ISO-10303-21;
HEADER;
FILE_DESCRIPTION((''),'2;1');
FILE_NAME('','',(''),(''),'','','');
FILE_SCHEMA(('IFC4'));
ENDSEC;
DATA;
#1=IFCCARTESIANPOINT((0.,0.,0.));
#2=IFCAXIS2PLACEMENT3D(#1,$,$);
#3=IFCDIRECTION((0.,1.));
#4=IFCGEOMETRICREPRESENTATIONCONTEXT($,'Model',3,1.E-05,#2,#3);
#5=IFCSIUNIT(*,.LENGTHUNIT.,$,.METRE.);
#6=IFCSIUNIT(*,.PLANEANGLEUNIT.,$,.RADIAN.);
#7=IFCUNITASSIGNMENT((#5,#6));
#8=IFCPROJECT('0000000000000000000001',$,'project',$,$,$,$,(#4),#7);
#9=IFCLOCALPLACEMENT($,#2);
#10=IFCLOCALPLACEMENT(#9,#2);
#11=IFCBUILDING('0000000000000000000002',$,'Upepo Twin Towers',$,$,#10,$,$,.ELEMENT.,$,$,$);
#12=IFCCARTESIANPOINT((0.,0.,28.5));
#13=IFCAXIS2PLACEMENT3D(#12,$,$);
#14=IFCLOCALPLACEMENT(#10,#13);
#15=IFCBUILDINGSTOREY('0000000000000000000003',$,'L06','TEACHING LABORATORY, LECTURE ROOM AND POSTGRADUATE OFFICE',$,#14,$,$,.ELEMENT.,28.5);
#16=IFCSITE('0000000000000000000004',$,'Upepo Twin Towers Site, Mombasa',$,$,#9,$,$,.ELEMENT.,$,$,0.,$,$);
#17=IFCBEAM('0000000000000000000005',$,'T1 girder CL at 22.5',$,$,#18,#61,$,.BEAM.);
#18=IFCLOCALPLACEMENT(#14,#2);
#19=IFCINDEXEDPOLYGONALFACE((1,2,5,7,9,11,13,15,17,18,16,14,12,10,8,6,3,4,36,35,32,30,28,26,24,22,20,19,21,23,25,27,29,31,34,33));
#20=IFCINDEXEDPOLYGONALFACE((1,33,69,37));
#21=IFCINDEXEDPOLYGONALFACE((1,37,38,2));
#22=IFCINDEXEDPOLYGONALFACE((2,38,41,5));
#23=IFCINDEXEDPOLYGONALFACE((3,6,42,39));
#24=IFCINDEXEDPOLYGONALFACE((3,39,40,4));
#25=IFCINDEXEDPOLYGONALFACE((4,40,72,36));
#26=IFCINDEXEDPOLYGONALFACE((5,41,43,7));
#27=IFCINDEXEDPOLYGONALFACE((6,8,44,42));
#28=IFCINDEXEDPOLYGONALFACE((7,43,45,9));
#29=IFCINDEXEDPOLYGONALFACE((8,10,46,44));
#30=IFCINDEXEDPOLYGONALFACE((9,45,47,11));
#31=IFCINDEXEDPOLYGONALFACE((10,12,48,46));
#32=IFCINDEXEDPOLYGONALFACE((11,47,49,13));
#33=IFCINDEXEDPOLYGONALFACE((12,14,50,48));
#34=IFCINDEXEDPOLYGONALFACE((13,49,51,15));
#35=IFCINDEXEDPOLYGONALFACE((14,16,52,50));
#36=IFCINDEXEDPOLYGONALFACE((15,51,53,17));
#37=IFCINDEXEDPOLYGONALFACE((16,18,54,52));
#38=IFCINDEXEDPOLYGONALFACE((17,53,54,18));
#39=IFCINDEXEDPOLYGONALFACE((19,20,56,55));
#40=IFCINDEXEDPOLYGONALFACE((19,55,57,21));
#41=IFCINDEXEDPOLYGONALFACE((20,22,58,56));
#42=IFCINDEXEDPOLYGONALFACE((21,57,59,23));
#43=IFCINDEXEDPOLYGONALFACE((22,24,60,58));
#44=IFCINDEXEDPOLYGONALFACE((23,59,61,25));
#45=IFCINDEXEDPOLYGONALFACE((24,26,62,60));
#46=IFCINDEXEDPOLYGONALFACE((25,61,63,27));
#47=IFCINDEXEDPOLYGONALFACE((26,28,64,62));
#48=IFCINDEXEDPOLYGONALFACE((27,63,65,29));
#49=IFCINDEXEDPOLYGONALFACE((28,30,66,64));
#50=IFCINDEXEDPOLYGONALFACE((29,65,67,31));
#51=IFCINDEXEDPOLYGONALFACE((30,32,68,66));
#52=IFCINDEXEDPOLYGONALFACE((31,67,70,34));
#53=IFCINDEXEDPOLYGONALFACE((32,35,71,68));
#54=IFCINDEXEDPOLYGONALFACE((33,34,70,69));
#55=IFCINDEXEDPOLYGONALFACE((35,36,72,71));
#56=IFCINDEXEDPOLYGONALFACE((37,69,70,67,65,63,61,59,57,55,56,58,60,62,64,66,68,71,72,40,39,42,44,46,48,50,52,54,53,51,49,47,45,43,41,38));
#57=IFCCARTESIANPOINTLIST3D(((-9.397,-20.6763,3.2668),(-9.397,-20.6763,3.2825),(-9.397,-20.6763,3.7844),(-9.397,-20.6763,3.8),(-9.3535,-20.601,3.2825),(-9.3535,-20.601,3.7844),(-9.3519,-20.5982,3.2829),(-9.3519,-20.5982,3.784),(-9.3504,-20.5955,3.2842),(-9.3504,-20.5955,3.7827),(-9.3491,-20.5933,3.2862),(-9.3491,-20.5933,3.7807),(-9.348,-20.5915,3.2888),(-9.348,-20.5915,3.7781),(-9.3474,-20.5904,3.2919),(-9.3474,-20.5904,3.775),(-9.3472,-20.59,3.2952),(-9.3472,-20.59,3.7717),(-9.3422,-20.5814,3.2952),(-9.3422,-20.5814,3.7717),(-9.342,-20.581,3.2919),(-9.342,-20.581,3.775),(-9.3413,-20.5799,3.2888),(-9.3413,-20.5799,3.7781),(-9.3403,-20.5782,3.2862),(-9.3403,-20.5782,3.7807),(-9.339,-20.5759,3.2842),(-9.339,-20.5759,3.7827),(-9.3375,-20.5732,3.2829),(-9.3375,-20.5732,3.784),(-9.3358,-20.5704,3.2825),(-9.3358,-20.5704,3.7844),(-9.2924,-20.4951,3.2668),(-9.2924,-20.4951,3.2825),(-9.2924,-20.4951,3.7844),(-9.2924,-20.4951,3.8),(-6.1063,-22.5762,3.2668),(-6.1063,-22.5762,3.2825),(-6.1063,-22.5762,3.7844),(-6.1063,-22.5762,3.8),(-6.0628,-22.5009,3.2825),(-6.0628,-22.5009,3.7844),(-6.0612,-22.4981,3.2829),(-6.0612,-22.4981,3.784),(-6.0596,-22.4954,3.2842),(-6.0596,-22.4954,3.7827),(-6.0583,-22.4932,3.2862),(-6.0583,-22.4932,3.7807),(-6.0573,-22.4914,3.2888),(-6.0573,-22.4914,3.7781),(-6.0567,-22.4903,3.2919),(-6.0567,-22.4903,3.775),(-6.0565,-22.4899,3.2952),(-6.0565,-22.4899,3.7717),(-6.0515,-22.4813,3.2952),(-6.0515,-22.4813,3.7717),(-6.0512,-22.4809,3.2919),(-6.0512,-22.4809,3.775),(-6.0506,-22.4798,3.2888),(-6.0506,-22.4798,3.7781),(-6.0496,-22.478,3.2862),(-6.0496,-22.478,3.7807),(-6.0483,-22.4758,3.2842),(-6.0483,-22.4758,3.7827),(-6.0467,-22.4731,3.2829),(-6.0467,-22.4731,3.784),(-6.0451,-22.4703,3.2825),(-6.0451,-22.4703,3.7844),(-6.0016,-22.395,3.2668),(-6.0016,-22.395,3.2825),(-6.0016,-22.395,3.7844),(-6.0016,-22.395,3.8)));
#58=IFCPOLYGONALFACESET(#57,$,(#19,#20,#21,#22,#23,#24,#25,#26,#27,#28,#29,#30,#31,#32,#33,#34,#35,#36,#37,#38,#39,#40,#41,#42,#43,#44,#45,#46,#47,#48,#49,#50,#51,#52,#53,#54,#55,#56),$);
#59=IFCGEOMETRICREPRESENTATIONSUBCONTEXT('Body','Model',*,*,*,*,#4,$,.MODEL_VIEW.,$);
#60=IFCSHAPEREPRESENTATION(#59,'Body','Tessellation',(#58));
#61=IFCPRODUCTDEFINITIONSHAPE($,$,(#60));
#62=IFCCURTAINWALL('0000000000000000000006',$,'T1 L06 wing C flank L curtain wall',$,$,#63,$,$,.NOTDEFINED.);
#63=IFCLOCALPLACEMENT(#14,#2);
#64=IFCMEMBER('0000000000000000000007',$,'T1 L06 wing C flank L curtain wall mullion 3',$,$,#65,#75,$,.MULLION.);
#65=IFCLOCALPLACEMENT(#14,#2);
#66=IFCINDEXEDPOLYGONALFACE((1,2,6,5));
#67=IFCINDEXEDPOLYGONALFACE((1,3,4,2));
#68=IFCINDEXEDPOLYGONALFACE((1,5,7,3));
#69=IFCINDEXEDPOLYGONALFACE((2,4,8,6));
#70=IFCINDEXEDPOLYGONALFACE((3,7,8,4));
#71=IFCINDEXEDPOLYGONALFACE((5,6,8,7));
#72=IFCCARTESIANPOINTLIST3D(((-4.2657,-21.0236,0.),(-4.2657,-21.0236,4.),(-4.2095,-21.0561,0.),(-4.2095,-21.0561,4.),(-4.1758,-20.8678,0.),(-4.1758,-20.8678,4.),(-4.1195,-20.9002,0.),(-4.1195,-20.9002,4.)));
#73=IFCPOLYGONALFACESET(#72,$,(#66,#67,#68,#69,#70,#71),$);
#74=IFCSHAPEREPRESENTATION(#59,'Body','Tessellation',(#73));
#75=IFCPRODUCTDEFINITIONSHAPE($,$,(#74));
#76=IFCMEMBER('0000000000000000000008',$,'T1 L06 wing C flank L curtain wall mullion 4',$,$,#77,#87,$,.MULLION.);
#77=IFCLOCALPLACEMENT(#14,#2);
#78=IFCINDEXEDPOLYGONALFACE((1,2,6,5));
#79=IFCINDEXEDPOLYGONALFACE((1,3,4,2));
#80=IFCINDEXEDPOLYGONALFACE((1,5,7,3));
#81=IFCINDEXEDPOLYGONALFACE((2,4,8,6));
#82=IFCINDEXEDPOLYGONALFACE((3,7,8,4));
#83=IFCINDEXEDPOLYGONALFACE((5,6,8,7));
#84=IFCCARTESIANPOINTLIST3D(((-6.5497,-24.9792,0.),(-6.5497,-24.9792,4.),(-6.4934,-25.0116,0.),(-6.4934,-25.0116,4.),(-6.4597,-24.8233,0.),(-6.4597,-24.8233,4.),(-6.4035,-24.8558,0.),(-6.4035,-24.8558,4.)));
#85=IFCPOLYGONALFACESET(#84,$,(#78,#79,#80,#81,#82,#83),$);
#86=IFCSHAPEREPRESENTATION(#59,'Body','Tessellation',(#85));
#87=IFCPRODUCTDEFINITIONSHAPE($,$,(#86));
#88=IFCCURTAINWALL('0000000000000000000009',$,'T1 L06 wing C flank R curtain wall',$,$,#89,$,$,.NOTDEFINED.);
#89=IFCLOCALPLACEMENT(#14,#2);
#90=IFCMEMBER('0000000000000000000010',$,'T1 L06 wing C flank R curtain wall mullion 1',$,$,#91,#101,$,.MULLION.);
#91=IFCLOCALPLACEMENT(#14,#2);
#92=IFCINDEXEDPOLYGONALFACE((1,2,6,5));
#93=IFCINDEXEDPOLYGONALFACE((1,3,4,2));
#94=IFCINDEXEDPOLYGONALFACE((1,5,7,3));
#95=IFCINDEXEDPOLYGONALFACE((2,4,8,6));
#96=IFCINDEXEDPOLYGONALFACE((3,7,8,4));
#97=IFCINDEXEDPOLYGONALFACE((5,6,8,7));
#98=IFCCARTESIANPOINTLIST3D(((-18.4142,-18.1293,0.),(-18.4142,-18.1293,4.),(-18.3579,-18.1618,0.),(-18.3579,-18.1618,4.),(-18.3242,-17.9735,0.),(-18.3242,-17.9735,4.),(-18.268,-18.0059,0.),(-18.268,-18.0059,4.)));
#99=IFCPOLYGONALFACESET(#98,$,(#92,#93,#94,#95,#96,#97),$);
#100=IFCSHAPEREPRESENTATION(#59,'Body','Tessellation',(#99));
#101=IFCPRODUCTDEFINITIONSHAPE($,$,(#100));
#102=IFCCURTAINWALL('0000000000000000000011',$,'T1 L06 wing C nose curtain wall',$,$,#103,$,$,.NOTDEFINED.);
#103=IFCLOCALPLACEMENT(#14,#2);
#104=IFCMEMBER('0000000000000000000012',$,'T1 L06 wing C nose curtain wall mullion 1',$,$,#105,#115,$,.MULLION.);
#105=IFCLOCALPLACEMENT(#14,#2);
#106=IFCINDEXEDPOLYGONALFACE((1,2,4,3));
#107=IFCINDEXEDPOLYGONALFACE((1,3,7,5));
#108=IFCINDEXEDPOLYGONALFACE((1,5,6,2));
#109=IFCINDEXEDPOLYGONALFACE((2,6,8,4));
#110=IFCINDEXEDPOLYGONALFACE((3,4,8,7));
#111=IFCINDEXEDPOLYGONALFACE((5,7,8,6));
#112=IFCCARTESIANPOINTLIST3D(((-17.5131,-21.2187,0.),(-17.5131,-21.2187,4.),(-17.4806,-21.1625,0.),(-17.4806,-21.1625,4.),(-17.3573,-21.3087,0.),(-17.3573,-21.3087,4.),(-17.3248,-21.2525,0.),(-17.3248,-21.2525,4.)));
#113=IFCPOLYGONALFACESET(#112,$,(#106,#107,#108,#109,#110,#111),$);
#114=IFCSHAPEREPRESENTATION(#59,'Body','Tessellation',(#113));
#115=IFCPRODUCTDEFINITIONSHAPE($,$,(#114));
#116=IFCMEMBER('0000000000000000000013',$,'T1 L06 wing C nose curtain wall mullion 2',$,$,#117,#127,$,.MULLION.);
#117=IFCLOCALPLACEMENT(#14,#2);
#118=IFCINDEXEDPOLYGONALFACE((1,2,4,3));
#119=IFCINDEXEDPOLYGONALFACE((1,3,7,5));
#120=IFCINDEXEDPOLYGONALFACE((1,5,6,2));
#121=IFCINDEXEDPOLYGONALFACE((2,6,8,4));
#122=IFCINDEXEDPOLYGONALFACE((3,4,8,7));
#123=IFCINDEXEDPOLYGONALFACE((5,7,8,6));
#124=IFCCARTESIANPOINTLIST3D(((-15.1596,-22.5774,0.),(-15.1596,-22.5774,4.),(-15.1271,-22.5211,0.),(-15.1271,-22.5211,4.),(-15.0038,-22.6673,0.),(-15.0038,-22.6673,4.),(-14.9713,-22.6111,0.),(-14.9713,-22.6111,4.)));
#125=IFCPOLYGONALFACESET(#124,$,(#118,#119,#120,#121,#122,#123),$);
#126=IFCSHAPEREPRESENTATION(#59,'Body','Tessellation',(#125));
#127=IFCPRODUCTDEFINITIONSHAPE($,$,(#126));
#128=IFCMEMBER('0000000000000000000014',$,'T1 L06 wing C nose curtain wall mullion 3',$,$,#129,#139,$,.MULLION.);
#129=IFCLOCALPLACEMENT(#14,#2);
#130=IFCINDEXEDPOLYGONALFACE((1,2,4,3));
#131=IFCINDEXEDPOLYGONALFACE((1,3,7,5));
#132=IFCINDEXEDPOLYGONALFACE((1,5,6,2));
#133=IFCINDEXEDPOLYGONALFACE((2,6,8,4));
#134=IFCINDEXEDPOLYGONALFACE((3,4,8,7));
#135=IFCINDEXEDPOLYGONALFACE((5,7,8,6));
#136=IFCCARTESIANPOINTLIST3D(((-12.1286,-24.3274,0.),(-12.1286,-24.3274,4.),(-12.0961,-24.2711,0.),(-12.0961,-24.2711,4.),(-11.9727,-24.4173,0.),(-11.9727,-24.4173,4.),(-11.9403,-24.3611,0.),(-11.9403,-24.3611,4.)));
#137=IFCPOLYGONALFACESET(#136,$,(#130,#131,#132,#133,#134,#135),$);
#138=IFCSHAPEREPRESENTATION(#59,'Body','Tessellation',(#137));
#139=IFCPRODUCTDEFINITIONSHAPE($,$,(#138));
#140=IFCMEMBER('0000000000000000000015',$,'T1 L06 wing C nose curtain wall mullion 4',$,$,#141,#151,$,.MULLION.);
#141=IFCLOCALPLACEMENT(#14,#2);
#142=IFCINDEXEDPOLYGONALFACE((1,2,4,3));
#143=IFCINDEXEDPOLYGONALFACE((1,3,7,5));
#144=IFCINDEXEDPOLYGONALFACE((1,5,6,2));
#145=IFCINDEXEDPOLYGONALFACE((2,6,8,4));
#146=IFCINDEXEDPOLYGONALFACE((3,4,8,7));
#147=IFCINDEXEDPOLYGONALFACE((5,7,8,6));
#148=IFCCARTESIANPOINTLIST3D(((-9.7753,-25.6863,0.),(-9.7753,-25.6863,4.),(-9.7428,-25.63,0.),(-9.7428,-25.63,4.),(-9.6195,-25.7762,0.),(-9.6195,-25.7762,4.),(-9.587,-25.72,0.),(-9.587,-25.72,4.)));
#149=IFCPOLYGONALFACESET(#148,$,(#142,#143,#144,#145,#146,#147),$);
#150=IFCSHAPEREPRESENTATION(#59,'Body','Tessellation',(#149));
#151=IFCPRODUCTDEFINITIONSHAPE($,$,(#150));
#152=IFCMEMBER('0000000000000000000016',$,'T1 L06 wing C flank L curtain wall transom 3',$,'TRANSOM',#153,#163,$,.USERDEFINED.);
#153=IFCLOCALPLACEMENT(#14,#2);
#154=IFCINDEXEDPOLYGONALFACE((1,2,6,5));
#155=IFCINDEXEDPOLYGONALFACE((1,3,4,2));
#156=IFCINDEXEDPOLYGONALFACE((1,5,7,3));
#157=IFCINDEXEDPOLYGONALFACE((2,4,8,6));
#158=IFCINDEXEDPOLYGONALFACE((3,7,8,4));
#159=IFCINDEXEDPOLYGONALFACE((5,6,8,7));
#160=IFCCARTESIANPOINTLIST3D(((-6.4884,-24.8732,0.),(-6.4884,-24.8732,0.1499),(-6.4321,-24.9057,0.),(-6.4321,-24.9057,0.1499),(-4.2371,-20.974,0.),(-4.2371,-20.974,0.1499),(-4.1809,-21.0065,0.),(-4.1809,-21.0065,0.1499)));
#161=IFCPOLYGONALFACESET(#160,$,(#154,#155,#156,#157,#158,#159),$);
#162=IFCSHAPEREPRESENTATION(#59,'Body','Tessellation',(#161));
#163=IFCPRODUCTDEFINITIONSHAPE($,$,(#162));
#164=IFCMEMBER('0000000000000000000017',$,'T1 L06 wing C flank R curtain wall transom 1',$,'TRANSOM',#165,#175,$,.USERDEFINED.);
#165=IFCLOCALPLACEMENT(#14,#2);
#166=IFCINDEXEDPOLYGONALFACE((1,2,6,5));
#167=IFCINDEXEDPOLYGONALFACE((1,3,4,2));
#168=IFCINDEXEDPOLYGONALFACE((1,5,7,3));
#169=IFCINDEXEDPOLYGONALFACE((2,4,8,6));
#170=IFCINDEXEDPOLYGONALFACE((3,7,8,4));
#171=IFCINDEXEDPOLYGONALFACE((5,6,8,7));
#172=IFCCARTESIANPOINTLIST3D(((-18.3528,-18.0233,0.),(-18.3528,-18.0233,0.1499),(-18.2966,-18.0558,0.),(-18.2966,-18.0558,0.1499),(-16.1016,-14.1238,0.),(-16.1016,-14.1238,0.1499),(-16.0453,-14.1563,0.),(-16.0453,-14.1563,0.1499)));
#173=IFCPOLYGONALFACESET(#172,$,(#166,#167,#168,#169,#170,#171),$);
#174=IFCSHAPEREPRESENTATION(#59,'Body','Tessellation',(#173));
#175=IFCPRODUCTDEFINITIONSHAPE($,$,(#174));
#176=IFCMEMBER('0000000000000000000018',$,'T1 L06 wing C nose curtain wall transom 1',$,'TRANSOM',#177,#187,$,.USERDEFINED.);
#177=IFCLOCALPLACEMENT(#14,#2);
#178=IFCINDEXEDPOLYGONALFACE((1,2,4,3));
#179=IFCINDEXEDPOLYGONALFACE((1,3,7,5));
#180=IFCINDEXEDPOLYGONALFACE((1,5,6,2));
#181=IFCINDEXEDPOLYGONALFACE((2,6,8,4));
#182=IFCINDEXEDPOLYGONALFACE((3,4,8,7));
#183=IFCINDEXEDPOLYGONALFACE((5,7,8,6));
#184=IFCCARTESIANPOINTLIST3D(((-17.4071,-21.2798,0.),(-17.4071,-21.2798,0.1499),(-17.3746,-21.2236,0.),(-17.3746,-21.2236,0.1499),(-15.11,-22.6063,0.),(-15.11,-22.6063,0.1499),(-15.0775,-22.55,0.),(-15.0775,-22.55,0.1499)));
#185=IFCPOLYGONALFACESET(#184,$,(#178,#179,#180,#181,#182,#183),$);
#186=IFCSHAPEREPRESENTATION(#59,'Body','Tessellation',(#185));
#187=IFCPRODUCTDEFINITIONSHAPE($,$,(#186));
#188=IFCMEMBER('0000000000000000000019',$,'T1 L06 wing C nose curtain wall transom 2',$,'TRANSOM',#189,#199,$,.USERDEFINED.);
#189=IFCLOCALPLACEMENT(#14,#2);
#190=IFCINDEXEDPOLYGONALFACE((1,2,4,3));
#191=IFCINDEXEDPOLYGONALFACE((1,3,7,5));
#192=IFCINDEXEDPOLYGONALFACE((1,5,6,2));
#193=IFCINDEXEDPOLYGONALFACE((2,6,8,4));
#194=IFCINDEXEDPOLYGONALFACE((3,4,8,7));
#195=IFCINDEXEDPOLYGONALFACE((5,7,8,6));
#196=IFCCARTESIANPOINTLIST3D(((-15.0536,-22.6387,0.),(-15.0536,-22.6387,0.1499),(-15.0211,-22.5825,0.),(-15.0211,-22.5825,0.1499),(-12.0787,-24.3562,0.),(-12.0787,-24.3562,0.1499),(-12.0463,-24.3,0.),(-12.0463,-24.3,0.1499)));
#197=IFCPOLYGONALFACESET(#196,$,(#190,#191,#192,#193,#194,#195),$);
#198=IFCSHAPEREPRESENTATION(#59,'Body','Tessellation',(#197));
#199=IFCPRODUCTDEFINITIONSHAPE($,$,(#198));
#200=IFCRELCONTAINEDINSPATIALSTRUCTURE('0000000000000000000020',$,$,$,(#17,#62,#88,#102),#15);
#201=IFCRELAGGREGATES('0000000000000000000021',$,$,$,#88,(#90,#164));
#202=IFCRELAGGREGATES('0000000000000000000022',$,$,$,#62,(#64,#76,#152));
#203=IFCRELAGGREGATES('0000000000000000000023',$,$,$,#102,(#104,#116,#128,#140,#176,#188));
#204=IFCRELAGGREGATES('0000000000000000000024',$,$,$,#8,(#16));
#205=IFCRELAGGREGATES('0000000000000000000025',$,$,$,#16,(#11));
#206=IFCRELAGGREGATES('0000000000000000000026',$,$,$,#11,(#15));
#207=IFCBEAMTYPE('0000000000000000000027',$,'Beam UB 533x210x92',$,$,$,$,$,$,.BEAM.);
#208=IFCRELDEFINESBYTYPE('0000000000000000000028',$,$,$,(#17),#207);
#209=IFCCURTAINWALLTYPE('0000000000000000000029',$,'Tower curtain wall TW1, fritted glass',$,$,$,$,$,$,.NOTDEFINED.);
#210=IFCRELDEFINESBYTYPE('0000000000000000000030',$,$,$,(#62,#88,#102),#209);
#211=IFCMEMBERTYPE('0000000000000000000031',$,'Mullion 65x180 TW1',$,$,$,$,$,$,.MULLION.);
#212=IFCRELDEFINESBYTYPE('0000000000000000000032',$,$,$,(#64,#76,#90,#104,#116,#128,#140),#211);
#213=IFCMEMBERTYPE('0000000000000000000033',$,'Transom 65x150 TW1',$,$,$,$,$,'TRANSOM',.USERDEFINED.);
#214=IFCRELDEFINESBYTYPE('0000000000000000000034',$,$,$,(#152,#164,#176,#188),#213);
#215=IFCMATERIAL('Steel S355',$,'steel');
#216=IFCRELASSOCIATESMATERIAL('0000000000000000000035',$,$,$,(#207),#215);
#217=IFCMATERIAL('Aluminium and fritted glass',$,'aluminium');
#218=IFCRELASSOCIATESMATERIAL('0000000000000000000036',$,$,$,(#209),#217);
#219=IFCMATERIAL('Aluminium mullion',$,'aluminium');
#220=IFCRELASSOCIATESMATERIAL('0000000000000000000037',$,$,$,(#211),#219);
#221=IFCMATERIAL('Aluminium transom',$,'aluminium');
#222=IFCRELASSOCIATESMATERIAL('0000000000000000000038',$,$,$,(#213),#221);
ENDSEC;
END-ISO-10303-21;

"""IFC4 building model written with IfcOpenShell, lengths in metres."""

from ifc_helpers import new_model, si_unit, direction, frame, origin, origin_2d, place, context, subcontext, project, spatial, rectangle, i_section, extrude, material, material_profile, profile_set, type_object, element, aggregate, save


model = new_model("IFC4")

# Units and contexts
model_context = context("Model", 3, precision=1e-05, world=origin(), true_north=direction((0.0, 1.0)))
body_context = subcontext(model_context, "Body", "Model", "MODEL_VIEW")
ifc_project = project(units=[si_unit("LENGTHUNIT", "METRE"), si_unit("PLANEANGLEUNIT", "RADIAN")], contexts=[model_context])

# Site, building, storey
site_placement = place(None, origin())
site = spatial("IfcSite", under=ifc_project, at=site_placement, Name="Upepo Twin Towers Site, Mombasa", CompositionType="ELEMENT", RefElevation=0.0)
building_placement = place(site_placement, origin())
building = spatial("IfcBuilding", under=site, at=building_placement, Name="Upepo Twin Towers", CompositionType="ELEMENT")
storey_placement = place(building_placement, frame((0.0, 0.0, 28.5)))
storey = spatial("IfcBuildingStorey", under=building, at=storey_placement, Name="L06", Description="TEACHING LABORATORY, LECTURE ROOM AND POSTGRADUATE OFFICE", CompositionType="ELEMENT", Elevation=28.5)

# Beam
ifc_material_1 = material(Name="Steel S355", Category="steel")
ifc_material_profile_1 = material_profile(ifc_material_1, i_section(OverallWidth=0.2092, OverallDepth=0.5332, WebThickness=0.01, FlangeThickness=0.0156, FilletRadius=0.0127, at=origin_2d()), Name="UB 533x210x92")
ifc_profile_set_1 = profile_set([ifc_material_profile_1], Name="Steel S355")
beam_type_1 = type_object("IfcBeamType", Name="Beam UB 533x210x92", PredefinedType="BEAM", material=ifc_profile_set_1)
beam_1_placement = place(storey_placement, frame((-6.054, -22.4856, 3.5334), z_axis=(-0.866028, 0.499995, 0.0), x_axis=(-0.499995, -0.866028, 0.0)))
element("IfcBeam", 1, at=beam_1_placement, inside=storey, type_object=beam_type_1, Name="T1 girder CL at 22.5", PredefinedType="BEAM", context=body_context, shape_type="SweptSolid", body=[
    extrude(i_section(OverallWidth=0.2092, OverallDepth=0.5332, WebThickness=0.01, FlangeThickness=0.0156, FilletRadius=0.0127, at=origin_2d()), origin(), (0.0, 0.0, 1.0), 3.7998),
])

# Curtain wall, members
ifc_material_2 = material(Name="Aluminium and fritted glass", Category="aluminium")
curtain_wall_type = type_object("IfcCurtainWallType", Name="Tower curtain wall TW1, fritted glass", PredefinedType="NOTDEFINED", material=ifc_material_2)
curtain_wall_1_placement = place(storey_placement, origin())
curtain_wall_1 = element("IfcCurtainWall", 2, at=curtain_wall_1_placement, inside=storey, type_object=curtain_wall_type, Name="T1 L06 wing C flank L curtain wall", PredefinedType="NOTDEFINED")
ifc_material_3 = material(Name="Aluminium mullion", Category="aluminium")
ifc_material_profile_2 = material_profile(ifc_material_3, rectangle(XDim=0.0649, YDim=0.1799, at=origin_2d()), Name="MULLION 65x180")
ifc_profile_set_2 = profile_set([ifc_material_profile_2], Name="Aluminium mullion")
member_type_1 = type_object("IfcMemberType", Name="Mullion 65x180 TW1", PredefinedType="MULLION", material=ifc_profile_set_2)
member_1_placement = place(storey_placement, frame((-4.1926, -20.9619, 0.0), z_axis=(0.0, 0.0, 1.0), x_axis=(0.866025, -0.5, 0.0)))
member_1 = element("IfcMember", 3, at=member_1_placement, type_object=member_type_1, Name="T1 L06 wing C flank L curtain wall mullion 3", PredefinedType="MULLION", context=body_context, shape_type="SweptSolid", body=[
    extrude(rectangle(XDim=0.0649, YDim=0.1799, at=origin_2d()), origin(), (0.0, 0.0, 1.0), 4.0),
])
member_2_placement = place(storey_placement, frame((-6.4766, -24.9175, 0.0), z_axis=(0.0, 0.0, 1.0), x_axis=(0.866025, -0.5, 0.0)))
member_2 = element("IfcMember", 4, at=member_2_placement, type_object=member_type_1, Name="T1 L06 wing C flank L curtain wall mullion 4", PredefinedType="MULLION", context=body_context, shape_type="SweptSolid", body=[
    extrude(rectangle(XDim=0.0649, YDim=0.1799, at=origin_2d()), origin(), (0.0, 0.0, 1.0), 4.0),
])

# Curtain wall, member
curtain_wall_2_placement = place(storey_placement, origin())
curtain_wall_2 = element("IfcCurtainWall", 5, at=curtain_wall_2_placement, inside=storey, type_object=curtain_wall_type, Name="T1 L06 wing C flank R curtain wall", PredefinedType="NOTDEFINED")
member_3_placement = place(storey_placement, frame((-18.3411, -18.0676, 0.0), z_axis=(0.0, 0.0, 1.0), x_axis=(-0.866025, 0.5, 0.0)))
member_3 = element("IfcMember", 6, at=member_3_placement, type_object=member_type_1, Name="T1 L06 wing C flank R curtain wall mullion 1", PredefinedType="MULLION", context=body_context, shape_type="SweptSolid", body=[
    extrude(rectangle(XDim=0.0649, YDim=0.1799, at=origin_2d()), origin(), (0.0, 0.0, 1.0), 4.0),
])

# Curtain wall, members
curtain_wall_3_placement = place(storey_placement, origin())
curtain_wall_3 = element("IfcCurtainWall", 7, at=curtain_wall_3_placement, inside=storey, type_object=curtain_wall_type, Name="T1 L06 wing C nose curtain wall", PredefinedType="NOTDEFINED")
member_4_placement = place(storey_placement, frame((-17.4189, -21.2356, 0.0), z_axis=(0.0, 0.0, 1.0), x_axis=(0.5, 0.866025, 0.0)))
member_4 = element("IfcMember", 8, at=member_4_placement, type_object=member_type_1, Name="T1 L06 wing C nose curtain wall mullion 1", PredefinedType="MULLION", context=body_context, shape_type="SweptSolid", body=[
    extrude(rectangle(XDim=0.0649, YDim=0.1799, at=origin_2d()), origin(), (0.0, 0.0, 1.0), 4.0),
])
member_5_placement = place(storey_placement, frame((-15.0654, -22.5942, 0.0), z_axis=(0.0, 0.0, 1.0), x_axis=(0.5, 0.866025, 0.0)))
member_5 = element("IfcMember", 9, at=member_5_placement, type_object=member_type_1, Name="T1 L06 wing C nose curtain wall mullion 2", PredefinedType="MULLION", context=body_context, shape_type="SweptSolid", body=[
    extrude(rectangle(XDim=0.0649, YDim=0.1799, at=origin_2d()), origin(), (0.0, 0.0, 1.0), 4.0),
])
member_6_placement = place(storey_placement, frame((-12.0344, -24.3442, 0.0), z_axis=(0.0, 0.0, 1.0), x_axis=(0.5, 0.866025, 0.0)))
member_6 = element("IfcMember", 10, at=member_6_placement, type_object=member_type_1, Name="T1 L06 wing C nose curtain wall mullion 3", PredefinedType="MULLION", context=body_context, shape_type="SweptSolid", body=[
    extrude(rectangle(XDim=0.0649, YDim=0.1799, at=origin_2d()), origin(), (0.0, 0.0, 1.0), 4.0),
])
member_7_placement = place(storey_placement, frame((-9.6812, -25.7031, 0.0), z_axis=(0.0, 0.0, 1.0), x_axis=(0.5, 0.866025, 0.0)))
member_7 = element("IfcMember", 11, at=member_7_placement, type_object=member_type_1, Name="T1 L06 wing C nose curtain wall mullion 4", PredefinedType="MULLION", context=body_context, shape_type="SweptSolid", body=[
    extrude(rectangle(XDim=0.0649, YDim=0.1799, at=origin_2d()), origin(), (0.0, 0.0, 1.0), 4.0),
])

# Members
ifc_material_4 = material(Name="Aluminium transom", Category="aluminium")
ifc_material_profile_3 = material_profile(ifc_material_4, rectangle(XDim=0.0649, YDim=0.1499, at=origin_2d()), Name="TRANSOM 65x150")
ifc_profile_set_3 = profile_set([ifc_material_profile_3], Name="Aluminium transom")
member_type_2 = type_object("IfcMemberType", Name="Transom 65x150 TW1", ElementType="TRANSOM", PredefinedType="USERDEFINED", material=ifc_profile_set_3)
member_8_placement = place(storey_placement, frame((-4.209, -20.9902, 0.075), z_axis=(-0.500006, -0.866022, 0.0), x_axis=(0.866022, -0.500006, 0.0)))
member_8 = element("IfcMember", 12, at=member_8_placement, type_object=member_type_2, Name="T1 L06 wing C flank L curtain wall transom 3", ObjectType="TRANSOM", PredefinedType="USERDEFINED", context=body_context, shape_type="SweptSolid", body=[
    extrude(rectangle(XDim=0.0649, YDim=0.1499, at=origin_2d()), origin(), (0.0, 0.0, 1.0), 4.5024),
])
member_9_placement = place(storey_placement, frame((-18.3247, -18.0396, 0.075), z_axis=(0.499982, 0.866036, 0.0), x_axis=(-0.866036, 0.499982, 0.0)))
member_9 = element("IfcMember", 13, at=member_9_placement, type_object=member_type_2, Name="T1 L06 wing C flank R curtain wall transom 1", ObjectType="TRANSOM", PredefinedType="USERDEFINED", context=body_context, shape_type="SweptSolid", body=[
    extrude(rectangle(XDim=0.0649, YDim=0.1499, at=origin_2d()), origin(), (0.0, 0.0, 1.0), 4.5027),
])
aggregate(curtain_wall_2, [member_3, member_9])
member_10_placement = place(storey_placement, frame((-17.3909, -21.2517, 0.075), z_axis=(0.865997, -0.500049, 0.0), x_axis=(0.500049, 0.865997, 0.0)))
member_10 = element("IfcMember", 14, at=member_10_placement, type_object=member_type_2, Name="T1 L06 wing C nose curtain wall transom 1", ObjectType="TRANSOM", PredefinedType="USERDEFINED", context=body_context, shape_type="SweptSolid", body=[
    extrude(rectangle(XDim=0.0649, YDim=0.1499, at=origin_2d()), origin(), (0.0, 0.0, 1.0), 2.6526),
])
member_11_placement = place(storey_placement, frame((-15.0374, -22.6106, 0.075), z_axis=(0.866026, -0.499999, 0.0), x_axis=(0.499999, 0.866026, 0.0)))
member_11 = element("IfcMember", 15, at=member_11_placement, type_object=member_type_2, Name="T1 L06 wing C nose curtain wall transom 2", ObjectType="TRANSOM", PredefinedType="USERDEFINED", context=body_context, shape_type="SweptSolid", body=[
    extrude(rectangle(XDim=0.0649, YDim=0.1499, at=origin_2d()), origin(), (0.0, 0.0, 1.0), 3.4351),
])

aggregate(curtain_wall_1, [member_1, member_2, member_8])
aggregate(curtain_wall_3, [member_4, member_5, member_6, member_7, member_10, member_11])

save(model, "model.ifc")
